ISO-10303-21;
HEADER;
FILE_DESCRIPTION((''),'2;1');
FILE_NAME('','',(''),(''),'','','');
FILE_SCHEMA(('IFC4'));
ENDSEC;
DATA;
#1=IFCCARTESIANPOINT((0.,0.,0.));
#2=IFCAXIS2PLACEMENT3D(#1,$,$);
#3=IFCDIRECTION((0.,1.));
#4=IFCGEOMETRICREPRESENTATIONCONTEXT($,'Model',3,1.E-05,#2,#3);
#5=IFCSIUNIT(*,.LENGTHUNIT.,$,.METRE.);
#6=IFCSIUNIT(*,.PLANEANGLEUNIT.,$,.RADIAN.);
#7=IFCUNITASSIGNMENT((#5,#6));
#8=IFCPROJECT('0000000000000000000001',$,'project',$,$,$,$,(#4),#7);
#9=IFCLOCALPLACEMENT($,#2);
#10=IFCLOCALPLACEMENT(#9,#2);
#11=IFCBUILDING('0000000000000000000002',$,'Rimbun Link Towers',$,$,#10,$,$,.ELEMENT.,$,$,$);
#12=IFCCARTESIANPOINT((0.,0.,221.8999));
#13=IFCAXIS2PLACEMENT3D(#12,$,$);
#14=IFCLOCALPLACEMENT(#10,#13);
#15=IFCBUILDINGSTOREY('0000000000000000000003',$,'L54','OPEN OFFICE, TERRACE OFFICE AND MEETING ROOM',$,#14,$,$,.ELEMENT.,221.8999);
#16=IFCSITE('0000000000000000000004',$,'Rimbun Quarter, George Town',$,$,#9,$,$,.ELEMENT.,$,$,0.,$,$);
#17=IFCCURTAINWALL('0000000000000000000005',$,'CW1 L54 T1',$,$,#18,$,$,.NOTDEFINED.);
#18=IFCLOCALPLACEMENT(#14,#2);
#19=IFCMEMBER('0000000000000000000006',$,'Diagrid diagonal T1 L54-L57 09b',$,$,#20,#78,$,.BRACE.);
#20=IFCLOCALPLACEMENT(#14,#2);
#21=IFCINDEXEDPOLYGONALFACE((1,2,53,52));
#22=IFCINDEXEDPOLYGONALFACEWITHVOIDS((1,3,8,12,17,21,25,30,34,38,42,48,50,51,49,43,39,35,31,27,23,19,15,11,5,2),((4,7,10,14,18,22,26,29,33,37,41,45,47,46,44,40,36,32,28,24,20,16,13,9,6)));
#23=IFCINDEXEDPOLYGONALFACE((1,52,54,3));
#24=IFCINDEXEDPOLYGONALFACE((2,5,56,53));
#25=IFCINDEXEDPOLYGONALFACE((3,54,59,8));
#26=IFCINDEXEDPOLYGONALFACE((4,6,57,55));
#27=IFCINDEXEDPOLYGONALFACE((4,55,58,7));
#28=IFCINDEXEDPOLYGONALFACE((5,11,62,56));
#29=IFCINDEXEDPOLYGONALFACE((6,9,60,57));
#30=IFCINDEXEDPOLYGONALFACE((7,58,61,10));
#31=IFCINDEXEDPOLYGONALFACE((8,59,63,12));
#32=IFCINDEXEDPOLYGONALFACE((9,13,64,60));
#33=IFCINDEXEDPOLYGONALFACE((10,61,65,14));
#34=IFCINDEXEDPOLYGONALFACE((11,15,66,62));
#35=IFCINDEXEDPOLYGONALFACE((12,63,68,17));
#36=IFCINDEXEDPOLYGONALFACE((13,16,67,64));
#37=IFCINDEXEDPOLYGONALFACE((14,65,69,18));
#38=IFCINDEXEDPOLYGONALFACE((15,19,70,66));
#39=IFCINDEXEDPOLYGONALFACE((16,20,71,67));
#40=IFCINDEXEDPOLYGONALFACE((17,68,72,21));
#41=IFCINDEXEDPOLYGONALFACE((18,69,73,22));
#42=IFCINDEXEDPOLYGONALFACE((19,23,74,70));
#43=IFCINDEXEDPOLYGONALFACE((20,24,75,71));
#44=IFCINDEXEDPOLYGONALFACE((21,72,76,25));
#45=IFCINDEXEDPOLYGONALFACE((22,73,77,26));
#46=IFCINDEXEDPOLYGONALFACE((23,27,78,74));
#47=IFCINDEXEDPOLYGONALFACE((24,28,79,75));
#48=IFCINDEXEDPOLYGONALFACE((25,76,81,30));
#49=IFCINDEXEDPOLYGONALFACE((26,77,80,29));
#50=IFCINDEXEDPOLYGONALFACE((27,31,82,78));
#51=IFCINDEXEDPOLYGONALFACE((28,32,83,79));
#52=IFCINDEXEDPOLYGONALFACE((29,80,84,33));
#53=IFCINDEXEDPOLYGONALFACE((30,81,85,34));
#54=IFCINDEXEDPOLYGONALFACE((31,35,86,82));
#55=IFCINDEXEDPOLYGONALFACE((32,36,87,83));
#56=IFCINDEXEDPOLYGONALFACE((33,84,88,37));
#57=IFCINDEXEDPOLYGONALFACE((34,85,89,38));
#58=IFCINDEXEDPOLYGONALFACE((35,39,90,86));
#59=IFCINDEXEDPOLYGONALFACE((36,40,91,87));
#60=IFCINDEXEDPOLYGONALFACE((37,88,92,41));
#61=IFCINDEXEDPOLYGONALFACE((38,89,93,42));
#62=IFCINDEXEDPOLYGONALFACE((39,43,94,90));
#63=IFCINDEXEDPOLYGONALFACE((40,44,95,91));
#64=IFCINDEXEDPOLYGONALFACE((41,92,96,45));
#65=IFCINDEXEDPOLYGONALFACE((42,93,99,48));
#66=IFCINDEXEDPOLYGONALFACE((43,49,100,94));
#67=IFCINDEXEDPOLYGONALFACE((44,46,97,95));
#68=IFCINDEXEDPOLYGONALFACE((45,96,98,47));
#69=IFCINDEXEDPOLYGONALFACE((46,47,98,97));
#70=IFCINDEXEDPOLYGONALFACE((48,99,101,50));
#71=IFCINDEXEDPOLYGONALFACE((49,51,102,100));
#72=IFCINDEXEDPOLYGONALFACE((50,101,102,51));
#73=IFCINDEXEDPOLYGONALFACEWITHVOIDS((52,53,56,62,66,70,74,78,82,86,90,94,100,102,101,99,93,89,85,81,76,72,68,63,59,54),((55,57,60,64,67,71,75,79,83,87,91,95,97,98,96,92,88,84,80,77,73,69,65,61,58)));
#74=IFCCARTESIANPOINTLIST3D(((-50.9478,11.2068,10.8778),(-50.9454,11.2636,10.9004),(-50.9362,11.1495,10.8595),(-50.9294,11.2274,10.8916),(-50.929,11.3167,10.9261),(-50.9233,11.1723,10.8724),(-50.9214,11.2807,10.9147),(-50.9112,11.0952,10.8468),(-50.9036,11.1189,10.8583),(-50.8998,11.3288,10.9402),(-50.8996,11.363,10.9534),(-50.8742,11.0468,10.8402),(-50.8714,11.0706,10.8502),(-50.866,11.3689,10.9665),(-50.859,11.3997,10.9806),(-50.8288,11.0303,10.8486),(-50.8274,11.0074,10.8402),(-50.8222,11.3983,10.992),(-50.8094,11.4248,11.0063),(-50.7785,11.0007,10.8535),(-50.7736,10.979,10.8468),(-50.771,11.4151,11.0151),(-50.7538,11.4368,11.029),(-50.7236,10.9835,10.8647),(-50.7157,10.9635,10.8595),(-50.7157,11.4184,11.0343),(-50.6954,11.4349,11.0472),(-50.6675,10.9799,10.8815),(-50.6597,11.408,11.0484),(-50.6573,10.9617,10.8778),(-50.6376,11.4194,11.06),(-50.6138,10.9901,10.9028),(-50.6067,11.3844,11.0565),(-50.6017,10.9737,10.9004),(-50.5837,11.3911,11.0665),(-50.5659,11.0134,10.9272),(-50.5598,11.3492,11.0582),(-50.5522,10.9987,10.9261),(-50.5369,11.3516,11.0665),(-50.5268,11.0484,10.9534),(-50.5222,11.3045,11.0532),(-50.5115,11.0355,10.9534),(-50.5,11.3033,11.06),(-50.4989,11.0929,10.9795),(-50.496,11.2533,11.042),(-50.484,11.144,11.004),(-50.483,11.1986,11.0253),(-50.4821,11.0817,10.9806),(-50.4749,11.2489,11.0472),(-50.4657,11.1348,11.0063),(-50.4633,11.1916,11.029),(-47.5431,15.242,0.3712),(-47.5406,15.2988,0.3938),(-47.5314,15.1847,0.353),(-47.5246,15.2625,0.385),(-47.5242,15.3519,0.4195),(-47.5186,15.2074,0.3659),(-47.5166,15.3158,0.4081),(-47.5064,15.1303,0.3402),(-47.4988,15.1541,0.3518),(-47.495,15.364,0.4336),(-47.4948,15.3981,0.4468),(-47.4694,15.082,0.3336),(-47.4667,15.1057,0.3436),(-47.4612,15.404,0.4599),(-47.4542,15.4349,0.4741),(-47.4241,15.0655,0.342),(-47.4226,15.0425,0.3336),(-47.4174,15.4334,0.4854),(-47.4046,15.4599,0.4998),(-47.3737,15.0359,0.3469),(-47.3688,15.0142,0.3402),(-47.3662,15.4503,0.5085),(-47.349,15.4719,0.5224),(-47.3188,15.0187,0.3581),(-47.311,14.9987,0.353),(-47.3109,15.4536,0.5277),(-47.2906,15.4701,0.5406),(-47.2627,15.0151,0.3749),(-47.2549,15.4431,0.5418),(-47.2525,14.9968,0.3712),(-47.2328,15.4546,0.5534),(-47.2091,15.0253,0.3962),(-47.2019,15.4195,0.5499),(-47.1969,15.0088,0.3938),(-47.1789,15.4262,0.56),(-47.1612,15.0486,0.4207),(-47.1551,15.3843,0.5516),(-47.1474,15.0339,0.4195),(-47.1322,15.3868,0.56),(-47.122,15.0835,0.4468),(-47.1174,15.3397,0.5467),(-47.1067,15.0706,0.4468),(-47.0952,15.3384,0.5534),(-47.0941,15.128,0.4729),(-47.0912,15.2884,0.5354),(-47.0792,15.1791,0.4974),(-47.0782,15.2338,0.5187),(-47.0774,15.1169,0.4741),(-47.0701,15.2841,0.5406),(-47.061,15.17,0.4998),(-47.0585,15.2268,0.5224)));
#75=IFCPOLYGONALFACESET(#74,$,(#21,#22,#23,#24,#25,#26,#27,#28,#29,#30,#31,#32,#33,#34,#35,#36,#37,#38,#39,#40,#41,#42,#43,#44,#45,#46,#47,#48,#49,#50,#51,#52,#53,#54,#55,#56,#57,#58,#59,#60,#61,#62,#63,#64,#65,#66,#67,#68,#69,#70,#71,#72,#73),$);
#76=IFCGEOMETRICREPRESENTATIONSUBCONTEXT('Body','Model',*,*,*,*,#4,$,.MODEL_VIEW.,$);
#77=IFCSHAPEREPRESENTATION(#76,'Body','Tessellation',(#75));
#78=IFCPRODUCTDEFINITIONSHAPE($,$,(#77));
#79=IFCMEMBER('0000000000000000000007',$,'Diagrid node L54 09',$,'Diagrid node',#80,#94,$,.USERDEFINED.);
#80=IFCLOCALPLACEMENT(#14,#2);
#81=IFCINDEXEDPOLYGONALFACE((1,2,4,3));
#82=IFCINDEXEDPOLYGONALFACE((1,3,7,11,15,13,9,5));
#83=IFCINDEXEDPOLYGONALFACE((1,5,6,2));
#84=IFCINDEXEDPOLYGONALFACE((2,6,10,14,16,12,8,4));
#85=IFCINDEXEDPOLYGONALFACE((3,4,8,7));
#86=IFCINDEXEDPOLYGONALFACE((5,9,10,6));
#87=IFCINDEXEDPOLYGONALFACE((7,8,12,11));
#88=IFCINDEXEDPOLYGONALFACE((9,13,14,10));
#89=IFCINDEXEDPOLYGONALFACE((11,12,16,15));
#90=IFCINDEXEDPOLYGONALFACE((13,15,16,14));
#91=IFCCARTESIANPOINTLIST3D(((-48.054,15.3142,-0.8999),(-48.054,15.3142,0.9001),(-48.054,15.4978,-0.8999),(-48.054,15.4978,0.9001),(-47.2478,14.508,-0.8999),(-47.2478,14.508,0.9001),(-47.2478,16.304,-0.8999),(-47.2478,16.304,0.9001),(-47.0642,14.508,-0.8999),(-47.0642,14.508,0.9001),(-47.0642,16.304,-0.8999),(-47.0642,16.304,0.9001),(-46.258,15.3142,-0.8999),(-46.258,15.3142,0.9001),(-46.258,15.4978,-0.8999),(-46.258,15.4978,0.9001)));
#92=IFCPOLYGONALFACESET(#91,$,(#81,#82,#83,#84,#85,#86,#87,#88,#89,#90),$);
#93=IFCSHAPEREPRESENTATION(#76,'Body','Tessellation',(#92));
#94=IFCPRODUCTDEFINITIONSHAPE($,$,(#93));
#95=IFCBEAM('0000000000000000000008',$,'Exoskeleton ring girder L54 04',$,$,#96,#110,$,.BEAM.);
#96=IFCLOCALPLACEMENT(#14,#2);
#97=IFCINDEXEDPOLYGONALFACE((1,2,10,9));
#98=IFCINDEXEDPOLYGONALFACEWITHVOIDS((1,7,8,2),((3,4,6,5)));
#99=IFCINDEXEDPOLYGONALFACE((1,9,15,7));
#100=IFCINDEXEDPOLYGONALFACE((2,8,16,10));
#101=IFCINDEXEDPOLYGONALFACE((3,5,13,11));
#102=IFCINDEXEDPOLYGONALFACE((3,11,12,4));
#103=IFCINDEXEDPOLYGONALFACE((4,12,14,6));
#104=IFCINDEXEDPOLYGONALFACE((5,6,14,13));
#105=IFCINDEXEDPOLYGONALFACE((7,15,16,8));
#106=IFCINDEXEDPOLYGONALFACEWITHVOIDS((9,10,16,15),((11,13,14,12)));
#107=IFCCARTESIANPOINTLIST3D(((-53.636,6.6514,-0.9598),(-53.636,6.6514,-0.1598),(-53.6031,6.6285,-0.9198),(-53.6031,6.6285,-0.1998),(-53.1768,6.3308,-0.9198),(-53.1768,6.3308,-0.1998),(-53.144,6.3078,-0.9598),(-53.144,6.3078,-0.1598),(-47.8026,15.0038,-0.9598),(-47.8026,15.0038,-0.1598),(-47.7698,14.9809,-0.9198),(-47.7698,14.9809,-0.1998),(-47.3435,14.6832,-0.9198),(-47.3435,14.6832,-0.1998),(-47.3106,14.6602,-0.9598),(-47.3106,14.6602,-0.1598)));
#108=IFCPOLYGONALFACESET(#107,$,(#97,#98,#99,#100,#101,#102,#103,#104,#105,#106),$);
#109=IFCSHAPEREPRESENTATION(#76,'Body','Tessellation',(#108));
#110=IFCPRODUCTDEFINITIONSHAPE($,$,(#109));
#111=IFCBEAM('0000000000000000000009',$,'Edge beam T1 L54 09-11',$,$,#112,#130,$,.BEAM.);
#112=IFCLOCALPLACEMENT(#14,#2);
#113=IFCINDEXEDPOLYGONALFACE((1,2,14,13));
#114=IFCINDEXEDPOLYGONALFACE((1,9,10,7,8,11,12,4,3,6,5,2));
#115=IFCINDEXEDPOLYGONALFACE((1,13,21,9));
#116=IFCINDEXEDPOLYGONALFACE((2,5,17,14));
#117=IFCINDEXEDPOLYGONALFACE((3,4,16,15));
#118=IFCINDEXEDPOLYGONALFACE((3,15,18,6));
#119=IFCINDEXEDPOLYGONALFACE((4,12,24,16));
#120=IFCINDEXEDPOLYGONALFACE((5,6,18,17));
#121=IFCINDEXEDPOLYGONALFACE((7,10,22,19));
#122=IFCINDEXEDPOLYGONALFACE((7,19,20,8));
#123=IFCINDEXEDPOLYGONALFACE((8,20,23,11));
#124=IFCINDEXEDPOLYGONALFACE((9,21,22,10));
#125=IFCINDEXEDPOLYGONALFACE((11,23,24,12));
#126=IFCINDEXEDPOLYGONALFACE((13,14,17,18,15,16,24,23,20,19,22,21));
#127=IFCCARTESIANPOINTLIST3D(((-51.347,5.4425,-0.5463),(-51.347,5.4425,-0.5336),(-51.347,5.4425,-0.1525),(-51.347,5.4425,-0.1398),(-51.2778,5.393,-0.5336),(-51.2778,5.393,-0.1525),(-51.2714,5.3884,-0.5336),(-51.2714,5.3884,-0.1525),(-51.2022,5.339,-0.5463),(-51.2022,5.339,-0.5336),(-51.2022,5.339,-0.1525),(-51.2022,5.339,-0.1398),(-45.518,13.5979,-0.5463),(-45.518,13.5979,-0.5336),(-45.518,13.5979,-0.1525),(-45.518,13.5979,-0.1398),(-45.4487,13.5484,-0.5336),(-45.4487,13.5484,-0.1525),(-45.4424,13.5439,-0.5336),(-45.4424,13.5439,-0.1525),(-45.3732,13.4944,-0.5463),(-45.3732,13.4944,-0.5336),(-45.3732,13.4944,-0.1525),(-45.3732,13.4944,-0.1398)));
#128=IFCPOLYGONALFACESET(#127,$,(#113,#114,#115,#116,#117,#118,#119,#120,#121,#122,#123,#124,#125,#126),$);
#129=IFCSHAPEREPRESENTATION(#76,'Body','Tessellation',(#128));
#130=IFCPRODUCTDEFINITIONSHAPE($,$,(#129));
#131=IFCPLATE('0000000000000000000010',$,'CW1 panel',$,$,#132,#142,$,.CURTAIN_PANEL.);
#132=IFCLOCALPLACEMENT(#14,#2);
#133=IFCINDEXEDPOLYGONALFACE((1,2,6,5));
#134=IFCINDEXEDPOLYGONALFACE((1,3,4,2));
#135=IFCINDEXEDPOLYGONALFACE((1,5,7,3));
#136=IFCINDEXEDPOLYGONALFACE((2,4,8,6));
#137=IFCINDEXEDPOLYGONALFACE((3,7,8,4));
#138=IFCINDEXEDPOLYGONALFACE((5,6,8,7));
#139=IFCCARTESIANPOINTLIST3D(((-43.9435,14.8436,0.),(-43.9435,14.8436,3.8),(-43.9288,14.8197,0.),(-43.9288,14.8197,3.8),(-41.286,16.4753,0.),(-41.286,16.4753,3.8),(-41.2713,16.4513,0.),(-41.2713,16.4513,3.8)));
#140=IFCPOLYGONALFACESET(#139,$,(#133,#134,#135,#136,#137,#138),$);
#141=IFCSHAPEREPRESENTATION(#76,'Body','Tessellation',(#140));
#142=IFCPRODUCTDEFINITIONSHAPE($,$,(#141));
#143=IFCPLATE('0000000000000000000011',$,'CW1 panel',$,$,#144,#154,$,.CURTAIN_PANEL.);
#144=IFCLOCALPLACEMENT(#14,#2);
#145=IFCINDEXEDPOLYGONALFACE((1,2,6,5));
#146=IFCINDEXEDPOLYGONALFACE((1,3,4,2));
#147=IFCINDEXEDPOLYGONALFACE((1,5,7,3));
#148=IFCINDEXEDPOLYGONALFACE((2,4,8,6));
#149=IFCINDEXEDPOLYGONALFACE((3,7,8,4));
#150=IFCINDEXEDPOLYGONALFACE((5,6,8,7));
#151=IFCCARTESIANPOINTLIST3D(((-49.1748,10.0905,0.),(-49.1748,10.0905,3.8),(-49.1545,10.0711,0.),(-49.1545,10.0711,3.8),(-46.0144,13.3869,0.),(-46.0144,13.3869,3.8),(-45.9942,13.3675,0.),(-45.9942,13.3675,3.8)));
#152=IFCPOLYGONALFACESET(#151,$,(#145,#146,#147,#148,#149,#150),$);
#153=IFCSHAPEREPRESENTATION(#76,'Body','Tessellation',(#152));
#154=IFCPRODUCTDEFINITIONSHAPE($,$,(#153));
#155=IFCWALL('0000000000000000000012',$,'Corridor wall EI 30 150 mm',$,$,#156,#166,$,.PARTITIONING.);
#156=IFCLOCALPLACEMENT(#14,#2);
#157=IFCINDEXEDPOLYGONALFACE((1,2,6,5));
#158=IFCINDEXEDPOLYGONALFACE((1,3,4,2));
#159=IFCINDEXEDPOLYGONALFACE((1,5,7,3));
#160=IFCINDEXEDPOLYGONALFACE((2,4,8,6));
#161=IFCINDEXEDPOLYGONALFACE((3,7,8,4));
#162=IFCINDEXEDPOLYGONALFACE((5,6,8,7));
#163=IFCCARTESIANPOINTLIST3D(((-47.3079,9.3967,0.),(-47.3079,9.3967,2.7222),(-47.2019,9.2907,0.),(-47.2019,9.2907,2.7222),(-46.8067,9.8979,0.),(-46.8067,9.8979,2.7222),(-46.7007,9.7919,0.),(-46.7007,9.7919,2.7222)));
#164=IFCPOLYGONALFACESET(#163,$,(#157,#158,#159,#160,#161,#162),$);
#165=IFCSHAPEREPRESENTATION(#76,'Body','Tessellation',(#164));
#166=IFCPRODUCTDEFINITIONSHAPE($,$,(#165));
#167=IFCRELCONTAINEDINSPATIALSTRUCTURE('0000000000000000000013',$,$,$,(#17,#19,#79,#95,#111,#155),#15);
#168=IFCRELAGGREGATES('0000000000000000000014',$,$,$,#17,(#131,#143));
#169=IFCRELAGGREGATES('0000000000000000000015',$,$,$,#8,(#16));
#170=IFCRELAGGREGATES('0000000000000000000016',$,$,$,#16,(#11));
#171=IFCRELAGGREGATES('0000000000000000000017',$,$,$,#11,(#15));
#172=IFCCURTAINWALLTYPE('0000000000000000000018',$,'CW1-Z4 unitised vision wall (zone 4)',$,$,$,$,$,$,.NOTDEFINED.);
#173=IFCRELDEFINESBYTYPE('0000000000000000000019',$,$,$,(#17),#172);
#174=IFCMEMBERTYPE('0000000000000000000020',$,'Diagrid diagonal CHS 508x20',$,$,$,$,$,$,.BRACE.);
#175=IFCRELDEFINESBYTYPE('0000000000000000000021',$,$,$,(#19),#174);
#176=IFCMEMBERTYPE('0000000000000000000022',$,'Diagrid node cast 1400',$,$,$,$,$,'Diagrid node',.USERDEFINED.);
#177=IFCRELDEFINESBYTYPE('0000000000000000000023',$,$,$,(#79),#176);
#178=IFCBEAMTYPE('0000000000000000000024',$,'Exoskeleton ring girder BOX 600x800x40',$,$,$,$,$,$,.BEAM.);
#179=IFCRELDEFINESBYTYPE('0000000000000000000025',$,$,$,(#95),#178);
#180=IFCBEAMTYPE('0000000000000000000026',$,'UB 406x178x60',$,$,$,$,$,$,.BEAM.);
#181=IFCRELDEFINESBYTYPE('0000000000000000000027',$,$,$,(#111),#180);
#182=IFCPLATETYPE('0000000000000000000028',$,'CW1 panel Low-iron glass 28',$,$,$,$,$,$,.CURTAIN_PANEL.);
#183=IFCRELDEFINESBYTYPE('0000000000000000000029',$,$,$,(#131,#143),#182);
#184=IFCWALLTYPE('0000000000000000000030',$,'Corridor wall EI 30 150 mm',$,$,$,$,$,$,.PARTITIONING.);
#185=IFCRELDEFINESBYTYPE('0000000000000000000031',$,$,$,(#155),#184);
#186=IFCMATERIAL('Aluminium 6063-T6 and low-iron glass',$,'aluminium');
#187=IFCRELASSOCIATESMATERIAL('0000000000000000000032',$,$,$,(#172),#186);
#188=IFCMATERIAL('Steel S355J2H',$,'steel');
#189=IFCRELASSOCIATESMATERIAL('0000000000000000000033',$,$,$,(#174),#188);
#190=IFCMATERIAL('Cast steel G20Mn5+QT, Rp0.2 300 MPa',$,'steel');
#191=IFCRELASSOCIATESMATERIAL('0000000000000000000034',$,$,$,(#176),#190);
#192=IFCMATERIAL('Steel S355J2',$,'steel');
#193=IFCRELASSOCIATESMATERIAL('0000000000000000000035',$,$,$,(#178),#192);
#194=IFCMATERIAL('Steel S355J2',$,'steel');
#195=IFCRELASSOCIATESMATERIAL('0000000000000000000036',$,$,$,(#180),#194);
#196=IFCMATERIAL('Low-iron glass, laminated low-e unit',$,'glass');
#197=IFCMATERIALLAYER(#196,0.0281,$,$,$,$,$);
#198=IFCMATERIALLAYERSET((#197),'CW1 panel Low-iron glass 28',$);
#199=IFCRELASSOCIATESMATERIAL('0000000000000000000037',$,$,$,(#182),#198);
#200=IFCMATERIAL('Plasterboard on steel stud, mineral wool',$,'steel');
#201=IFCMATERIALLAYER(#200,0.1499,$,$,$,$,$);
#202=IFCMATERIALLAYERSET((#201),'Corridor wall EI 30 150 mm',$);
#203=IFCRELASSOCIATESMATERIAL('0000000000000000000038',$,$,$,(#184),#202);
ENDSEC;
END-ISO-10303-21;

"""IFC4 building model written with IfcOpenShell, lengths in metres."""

from ifc_helpers import new_model, si_unit, direction, frame, frame_2d, origin, origin_2d, place, context, subcontext, project, spatial, polyline, rectangle, hollow_rectangle, hollow_circle, i_section, outline, extrude, material, layer, layer_set, material_profile, profile_set, type_object, element, aggregate, save


model = new_model("IFC4")

# Units and contexts
model_context = context("Model", 3, precision=1e-05, world=origin(), true_north=direction((0.0, 1.0)))
body_context = subcontext(model_context, "Body", "Model", "MODEL_VIEW")
ifc_project = project(units=[si_unit("LENGTHUNIT", "METRE"), si_unit("PLANEANGLEUNIT", "RADIAN")], contexts=[model_context])

# Site, building, storey
site_placement = place(None, origin())
site = spatial("IfcSite", under=ifc_project, at=site_placement, Name="Rimbun Quarter, George Town", CompositionType="ELEMENT", RefElevation=0.0)
building_placement = place(site_placement, origin())
building = spatial("IfcBuilding", under=site, at=building_placement, Name="Rimbun Link Towers", CompositionType="ELEMENT")
storey_placement = place(building_placement, frame((0.0, 0.0, 221.8999)))
storey = spatial("IfcBuildingStorey", under=building, at=storey_placement, Name="L54", Description="OPEN OFFICE, TERRACE OFFICE AND MEETING ROOM", CompositionType="ELEMENT", Elevation=221.8999)

# Curtain wall
ifc_material_1 = material(Name="Aluminium 6063-T6 and low-iron glass", Category="aluminium")
curtain_wall_type = type_object("IfcCurtainWallType", Name="CW1-Z4 unitised vision wall (zone 4)", PredefinedType="NOTDEFINED", material=ifc_material_1)
curtain_wall_placement = place(storey_placement, origin())
curtain_wall = element("IfcCurtainWall", 1, at=curtain_wall_placement, inside=storey, type_object=curtain_wall_type, Name="CW1 L54 T1", PredefinedType="NOTDEFINED")

# Members
ifc_material_2 = material(Name="Steel S355J2H", Category="steel")
ifc_material_profile_1 = material_profile(ifc_material_2, hollow_circle(Radius=0.2539, WallThickness=0.02, at=origin_2d()), Name="Diagrid diagonal CHS 508x20")
ifc_profile_set_1 = profile_set([ifc_material_profile_1], Name="Steel S355J2H")
member_type_1 = type_object("IfcMemberType", Name="Diagrid diagonal CHS 508x20", PredefinedType="BRACE", material=ifc_profile_set_1)
member_1_placement = place(storey_placement, frame((-47.3008, 15.2344, 0.4468), z_axis=(-0.289558, -0.343168, 0.893528), x_axis=(0.76428, -0.644884, 0.0)))
element("IfcMember", 2, at=member_1_placement, inside=storey, type_object=member_type_1, Name="Diagrid diagonal T1 L54-L57 09b", PredefinedType="BRACE", context=body_context, shape_type="SweptSolid", body=[
    extrude(hollow_circle(Radius=0.2539, WallThickness=0.02, at=origin_2d()), origin(), (0.0, 0.0, 1.0), 11.7585),
])
ifc_material_3 = material(Name="Cast steel G20Mn5+QT, Rp0.2 300 MPa", Category="steel")
ifc_material_profile_2 = material_profile(ifc_material_3, outline(polyline([(0.7, -0.5701), (0.7, 0.5701), (0.5701, 0.7), (-0.5701, 0.7), (-0.7, 0.5701), (-0.7, -0.5701), (-0.5701, -0.7), (0.5701, -0.7), (0.7, -0.5701)])), Name="NODE 1400x1400")
ifc_profile_set_2 = profile_set([ifc_material_profile_2], Name="Cast steel G20Mn5+QT, Rp0.2 300 MPa")
member_type_2 = type_object("IfcMemberType", Name="Diagrid node cast 1400", ElementType="Diagrid node", PredefinedType="USERDEFINED", material=ifc_profile_set_2)
member_2_placement = place(storey_placement, frame((-47.156, 15.406, -0.8999), z_axis=(0.0, 0.0, 1.0), x_axis=(-0.707107, 0.707107, 0.0)))
element("IfcMember", 3, at=member_2_placement, inside=storey, type_object=member_type_2, Name="Diagrid node L54 09", ObjectType="Diagrid node", PredefinedType="USERDEFINED", context=body_context, shape_type="SweptSolid", body=[
    extrude(outline(polyline([(0.7, -0.5701), (0.7, 0.5701), (0.5701, 0.7), (-0.5701, 0.7), (-0.7, 0.5701), (-0.7, -0.5701), (-0.5701, -0.7), (0.5701, -0.7), (0.7, -0.5701)])), origin(), (0.0, 0.0, 1.0), 1.8),
])

# Beams
ifc_material_4 = material(Name="Steel S355J2", Category="steel")
ifc_material_profile_3 = material_profile(ifc_material_4, hollow_rectangle(XDim=0.6001, YDim=0.8, WallThickness=0.04, at=origin_2d()), Name="Exoskeleton ring girder BOX 600x800x40")
ifc_profile_set_3 = profile_set([ifc_material_profile_3], Name="Steel S355J2")
beam_type_1 = type_object("IfcBeamType", Name="Exoskeleton ring girder BOX 600x800x40", PredefinedType="BEAM", material=ifc_profile_set_3)
beam_1_placement = place(storey_placement, frame((-47.5566, 14.832, -0.5598), z_axis=(-0.572582, -0.819847, 0.0), x_axis=(0.819847, -0.572582, 0.0)))
element("IfcBeam", 4, at=beam_1_placement, inside=storey, type_object=beam_type_1, Name="Exoskeleton ring girder L54 04", PredefinedType="BEAM", context=body_context, shape_type="SweptSolid", body=[
    extrude(hollow_rectangle(XDim=0.6001, YDim=0.8, WallThickness=0.04, at=origin_2d()), origin(), (0.0, 0.0, 1.0), 10.1877),
])
ifc_material_5 = material(Name="Steel S355J2", Category="steel")
ifc_material_profile_4 = material_profile(ifc_material_5, i_section(OverallWidth=0.178, OverallDepth=0.4065, WebThickness=0.0078, FlangeThickness=0.0127, at=origin_2d()), Name="UB 406x178x60")
ifc_profile_set_4 = profile_set([ifc_material_profile_4], Name="Steel S355J2")
beam_type_2 = type_object("IfcBeamType", Name="UB 406x178x60", PredefinedType="BEAM", material=ifc_profile_set_4)
beam_2_placement = place(storey_placement, frame((-45.4456, 13.5461, -0.343), z_axis=(-0.581485, -0.813557, 0.0), x_axis=(0.813557, -0.581485, 0.0)))
element("IfcBeam", 5, at=beam_2_placement, inside=storey, type_object=beam_type_2, Name="Edge beam T1 L54 09-11", PredefinedType="BEAM", context=body_context, shape_type="SweptSolid", body=[
    extrude(i_section(OverallWidth=0.178, OverallDepth=0.4065, WebThickness=0.0078, FlangeThickness=0.0127, at=origin_2d()), origin(), (0.0, 0.0, 1.0), 10.0244),
])

# Plates
ifc_material_6 = material(Name="Low-iron glass, laminated low-e unit", Category="glass")
ifc_layer_1 = layer(ifc_material_6, 0.0281)
ifc_layer_set_1 = layer_set([ifc_layer_1], Name="CW1 panel Low-iron glass 28")
plate_type = type_object("IfcPlateType", Name="CW1 panel Low-iron glass 28", PredefinedType="CURTAIN_PANEL", material=ifc_layer_set_1)
plate_1_placement = place(storey_placement, frame((-42.6074, 15.6475, 0.0), z_axis=(0.0, 0.0, 1.0), x_axis=(0.852187, 0.523237, 0.0)))
plate_1 = element("IfcPlate", 6, at=plate_1_placement, type_object=plate_type, Name="CW1 panel", PredefinedType="CURTAIN_PANEL", context=body_context, shape_type="SweptSolid", body=[
    extrude(rectangle(XDim=3.1184, YDim=0.0281, at=origin_2d()), origin(), (0.0, 0.0, 1.0), 3.8),
])
plate_2_placement = place(storey_placement, frame((-47.5845, 11.729, 0.0), z_axis=(0.0, 0.0, 1.0), x_axis=(0.692046, 0.721853, 0.0)))
plate_2 = element("IfcPlate", 7, at=plate_2_placement, type_object=plate_type, Name="CW1 panel", PredefinedType="CURTAIN_PANEL", context=body_context, shape_type="SweptSolid", body=[
    extrude(rectangle(XDim=4.5667, YDim=0.0281, at=origin_2d()), origin(), (0.0, 0.0, 1.0), 3.8),
])
aggregate(curtain_wall, [plate_1, plate_2])

# Wall
ifc_material_7 = material(Name="Plasterboard on steel stud, mineral wool", Category="steel")
ifc_layer_2 = layer(ifc_material_7, 0.1499)
ifc_layer_set_2 = layer_set([ifc_layer_2], Name="Corridor wall EI 30 150 mm")
wall_type_1 = type_object("IfcWallType", Name="Corridor wall EI 30 150 mm", PredefinedType="PARTITIONING", material=ifc_layer_set_2)
wall_1_placement = place(storey_placement, frame((-46.7537, 9.845, 0.0), z_axis=(0.0, 0.0, 1.0), x_axis=(-0.707107, -0.707107, 0.0)))
element("IfcWall", 8, at=wall_1_placement, inside=storey, type_object=wall_type_1, Name="Corridor wall EI 30 150 mm", PredefinedType="PARTITIONING", context=body_context, shape_type="SweptSolid", body=[
    extrude(rectangle(XDim=0.7087, YDim=0.1499, at=frame_2d((0.3545, 0.0))), origin(), (0.0, 0.0, 1.0), 2.7222),
])

save(model, "model.ifc")
